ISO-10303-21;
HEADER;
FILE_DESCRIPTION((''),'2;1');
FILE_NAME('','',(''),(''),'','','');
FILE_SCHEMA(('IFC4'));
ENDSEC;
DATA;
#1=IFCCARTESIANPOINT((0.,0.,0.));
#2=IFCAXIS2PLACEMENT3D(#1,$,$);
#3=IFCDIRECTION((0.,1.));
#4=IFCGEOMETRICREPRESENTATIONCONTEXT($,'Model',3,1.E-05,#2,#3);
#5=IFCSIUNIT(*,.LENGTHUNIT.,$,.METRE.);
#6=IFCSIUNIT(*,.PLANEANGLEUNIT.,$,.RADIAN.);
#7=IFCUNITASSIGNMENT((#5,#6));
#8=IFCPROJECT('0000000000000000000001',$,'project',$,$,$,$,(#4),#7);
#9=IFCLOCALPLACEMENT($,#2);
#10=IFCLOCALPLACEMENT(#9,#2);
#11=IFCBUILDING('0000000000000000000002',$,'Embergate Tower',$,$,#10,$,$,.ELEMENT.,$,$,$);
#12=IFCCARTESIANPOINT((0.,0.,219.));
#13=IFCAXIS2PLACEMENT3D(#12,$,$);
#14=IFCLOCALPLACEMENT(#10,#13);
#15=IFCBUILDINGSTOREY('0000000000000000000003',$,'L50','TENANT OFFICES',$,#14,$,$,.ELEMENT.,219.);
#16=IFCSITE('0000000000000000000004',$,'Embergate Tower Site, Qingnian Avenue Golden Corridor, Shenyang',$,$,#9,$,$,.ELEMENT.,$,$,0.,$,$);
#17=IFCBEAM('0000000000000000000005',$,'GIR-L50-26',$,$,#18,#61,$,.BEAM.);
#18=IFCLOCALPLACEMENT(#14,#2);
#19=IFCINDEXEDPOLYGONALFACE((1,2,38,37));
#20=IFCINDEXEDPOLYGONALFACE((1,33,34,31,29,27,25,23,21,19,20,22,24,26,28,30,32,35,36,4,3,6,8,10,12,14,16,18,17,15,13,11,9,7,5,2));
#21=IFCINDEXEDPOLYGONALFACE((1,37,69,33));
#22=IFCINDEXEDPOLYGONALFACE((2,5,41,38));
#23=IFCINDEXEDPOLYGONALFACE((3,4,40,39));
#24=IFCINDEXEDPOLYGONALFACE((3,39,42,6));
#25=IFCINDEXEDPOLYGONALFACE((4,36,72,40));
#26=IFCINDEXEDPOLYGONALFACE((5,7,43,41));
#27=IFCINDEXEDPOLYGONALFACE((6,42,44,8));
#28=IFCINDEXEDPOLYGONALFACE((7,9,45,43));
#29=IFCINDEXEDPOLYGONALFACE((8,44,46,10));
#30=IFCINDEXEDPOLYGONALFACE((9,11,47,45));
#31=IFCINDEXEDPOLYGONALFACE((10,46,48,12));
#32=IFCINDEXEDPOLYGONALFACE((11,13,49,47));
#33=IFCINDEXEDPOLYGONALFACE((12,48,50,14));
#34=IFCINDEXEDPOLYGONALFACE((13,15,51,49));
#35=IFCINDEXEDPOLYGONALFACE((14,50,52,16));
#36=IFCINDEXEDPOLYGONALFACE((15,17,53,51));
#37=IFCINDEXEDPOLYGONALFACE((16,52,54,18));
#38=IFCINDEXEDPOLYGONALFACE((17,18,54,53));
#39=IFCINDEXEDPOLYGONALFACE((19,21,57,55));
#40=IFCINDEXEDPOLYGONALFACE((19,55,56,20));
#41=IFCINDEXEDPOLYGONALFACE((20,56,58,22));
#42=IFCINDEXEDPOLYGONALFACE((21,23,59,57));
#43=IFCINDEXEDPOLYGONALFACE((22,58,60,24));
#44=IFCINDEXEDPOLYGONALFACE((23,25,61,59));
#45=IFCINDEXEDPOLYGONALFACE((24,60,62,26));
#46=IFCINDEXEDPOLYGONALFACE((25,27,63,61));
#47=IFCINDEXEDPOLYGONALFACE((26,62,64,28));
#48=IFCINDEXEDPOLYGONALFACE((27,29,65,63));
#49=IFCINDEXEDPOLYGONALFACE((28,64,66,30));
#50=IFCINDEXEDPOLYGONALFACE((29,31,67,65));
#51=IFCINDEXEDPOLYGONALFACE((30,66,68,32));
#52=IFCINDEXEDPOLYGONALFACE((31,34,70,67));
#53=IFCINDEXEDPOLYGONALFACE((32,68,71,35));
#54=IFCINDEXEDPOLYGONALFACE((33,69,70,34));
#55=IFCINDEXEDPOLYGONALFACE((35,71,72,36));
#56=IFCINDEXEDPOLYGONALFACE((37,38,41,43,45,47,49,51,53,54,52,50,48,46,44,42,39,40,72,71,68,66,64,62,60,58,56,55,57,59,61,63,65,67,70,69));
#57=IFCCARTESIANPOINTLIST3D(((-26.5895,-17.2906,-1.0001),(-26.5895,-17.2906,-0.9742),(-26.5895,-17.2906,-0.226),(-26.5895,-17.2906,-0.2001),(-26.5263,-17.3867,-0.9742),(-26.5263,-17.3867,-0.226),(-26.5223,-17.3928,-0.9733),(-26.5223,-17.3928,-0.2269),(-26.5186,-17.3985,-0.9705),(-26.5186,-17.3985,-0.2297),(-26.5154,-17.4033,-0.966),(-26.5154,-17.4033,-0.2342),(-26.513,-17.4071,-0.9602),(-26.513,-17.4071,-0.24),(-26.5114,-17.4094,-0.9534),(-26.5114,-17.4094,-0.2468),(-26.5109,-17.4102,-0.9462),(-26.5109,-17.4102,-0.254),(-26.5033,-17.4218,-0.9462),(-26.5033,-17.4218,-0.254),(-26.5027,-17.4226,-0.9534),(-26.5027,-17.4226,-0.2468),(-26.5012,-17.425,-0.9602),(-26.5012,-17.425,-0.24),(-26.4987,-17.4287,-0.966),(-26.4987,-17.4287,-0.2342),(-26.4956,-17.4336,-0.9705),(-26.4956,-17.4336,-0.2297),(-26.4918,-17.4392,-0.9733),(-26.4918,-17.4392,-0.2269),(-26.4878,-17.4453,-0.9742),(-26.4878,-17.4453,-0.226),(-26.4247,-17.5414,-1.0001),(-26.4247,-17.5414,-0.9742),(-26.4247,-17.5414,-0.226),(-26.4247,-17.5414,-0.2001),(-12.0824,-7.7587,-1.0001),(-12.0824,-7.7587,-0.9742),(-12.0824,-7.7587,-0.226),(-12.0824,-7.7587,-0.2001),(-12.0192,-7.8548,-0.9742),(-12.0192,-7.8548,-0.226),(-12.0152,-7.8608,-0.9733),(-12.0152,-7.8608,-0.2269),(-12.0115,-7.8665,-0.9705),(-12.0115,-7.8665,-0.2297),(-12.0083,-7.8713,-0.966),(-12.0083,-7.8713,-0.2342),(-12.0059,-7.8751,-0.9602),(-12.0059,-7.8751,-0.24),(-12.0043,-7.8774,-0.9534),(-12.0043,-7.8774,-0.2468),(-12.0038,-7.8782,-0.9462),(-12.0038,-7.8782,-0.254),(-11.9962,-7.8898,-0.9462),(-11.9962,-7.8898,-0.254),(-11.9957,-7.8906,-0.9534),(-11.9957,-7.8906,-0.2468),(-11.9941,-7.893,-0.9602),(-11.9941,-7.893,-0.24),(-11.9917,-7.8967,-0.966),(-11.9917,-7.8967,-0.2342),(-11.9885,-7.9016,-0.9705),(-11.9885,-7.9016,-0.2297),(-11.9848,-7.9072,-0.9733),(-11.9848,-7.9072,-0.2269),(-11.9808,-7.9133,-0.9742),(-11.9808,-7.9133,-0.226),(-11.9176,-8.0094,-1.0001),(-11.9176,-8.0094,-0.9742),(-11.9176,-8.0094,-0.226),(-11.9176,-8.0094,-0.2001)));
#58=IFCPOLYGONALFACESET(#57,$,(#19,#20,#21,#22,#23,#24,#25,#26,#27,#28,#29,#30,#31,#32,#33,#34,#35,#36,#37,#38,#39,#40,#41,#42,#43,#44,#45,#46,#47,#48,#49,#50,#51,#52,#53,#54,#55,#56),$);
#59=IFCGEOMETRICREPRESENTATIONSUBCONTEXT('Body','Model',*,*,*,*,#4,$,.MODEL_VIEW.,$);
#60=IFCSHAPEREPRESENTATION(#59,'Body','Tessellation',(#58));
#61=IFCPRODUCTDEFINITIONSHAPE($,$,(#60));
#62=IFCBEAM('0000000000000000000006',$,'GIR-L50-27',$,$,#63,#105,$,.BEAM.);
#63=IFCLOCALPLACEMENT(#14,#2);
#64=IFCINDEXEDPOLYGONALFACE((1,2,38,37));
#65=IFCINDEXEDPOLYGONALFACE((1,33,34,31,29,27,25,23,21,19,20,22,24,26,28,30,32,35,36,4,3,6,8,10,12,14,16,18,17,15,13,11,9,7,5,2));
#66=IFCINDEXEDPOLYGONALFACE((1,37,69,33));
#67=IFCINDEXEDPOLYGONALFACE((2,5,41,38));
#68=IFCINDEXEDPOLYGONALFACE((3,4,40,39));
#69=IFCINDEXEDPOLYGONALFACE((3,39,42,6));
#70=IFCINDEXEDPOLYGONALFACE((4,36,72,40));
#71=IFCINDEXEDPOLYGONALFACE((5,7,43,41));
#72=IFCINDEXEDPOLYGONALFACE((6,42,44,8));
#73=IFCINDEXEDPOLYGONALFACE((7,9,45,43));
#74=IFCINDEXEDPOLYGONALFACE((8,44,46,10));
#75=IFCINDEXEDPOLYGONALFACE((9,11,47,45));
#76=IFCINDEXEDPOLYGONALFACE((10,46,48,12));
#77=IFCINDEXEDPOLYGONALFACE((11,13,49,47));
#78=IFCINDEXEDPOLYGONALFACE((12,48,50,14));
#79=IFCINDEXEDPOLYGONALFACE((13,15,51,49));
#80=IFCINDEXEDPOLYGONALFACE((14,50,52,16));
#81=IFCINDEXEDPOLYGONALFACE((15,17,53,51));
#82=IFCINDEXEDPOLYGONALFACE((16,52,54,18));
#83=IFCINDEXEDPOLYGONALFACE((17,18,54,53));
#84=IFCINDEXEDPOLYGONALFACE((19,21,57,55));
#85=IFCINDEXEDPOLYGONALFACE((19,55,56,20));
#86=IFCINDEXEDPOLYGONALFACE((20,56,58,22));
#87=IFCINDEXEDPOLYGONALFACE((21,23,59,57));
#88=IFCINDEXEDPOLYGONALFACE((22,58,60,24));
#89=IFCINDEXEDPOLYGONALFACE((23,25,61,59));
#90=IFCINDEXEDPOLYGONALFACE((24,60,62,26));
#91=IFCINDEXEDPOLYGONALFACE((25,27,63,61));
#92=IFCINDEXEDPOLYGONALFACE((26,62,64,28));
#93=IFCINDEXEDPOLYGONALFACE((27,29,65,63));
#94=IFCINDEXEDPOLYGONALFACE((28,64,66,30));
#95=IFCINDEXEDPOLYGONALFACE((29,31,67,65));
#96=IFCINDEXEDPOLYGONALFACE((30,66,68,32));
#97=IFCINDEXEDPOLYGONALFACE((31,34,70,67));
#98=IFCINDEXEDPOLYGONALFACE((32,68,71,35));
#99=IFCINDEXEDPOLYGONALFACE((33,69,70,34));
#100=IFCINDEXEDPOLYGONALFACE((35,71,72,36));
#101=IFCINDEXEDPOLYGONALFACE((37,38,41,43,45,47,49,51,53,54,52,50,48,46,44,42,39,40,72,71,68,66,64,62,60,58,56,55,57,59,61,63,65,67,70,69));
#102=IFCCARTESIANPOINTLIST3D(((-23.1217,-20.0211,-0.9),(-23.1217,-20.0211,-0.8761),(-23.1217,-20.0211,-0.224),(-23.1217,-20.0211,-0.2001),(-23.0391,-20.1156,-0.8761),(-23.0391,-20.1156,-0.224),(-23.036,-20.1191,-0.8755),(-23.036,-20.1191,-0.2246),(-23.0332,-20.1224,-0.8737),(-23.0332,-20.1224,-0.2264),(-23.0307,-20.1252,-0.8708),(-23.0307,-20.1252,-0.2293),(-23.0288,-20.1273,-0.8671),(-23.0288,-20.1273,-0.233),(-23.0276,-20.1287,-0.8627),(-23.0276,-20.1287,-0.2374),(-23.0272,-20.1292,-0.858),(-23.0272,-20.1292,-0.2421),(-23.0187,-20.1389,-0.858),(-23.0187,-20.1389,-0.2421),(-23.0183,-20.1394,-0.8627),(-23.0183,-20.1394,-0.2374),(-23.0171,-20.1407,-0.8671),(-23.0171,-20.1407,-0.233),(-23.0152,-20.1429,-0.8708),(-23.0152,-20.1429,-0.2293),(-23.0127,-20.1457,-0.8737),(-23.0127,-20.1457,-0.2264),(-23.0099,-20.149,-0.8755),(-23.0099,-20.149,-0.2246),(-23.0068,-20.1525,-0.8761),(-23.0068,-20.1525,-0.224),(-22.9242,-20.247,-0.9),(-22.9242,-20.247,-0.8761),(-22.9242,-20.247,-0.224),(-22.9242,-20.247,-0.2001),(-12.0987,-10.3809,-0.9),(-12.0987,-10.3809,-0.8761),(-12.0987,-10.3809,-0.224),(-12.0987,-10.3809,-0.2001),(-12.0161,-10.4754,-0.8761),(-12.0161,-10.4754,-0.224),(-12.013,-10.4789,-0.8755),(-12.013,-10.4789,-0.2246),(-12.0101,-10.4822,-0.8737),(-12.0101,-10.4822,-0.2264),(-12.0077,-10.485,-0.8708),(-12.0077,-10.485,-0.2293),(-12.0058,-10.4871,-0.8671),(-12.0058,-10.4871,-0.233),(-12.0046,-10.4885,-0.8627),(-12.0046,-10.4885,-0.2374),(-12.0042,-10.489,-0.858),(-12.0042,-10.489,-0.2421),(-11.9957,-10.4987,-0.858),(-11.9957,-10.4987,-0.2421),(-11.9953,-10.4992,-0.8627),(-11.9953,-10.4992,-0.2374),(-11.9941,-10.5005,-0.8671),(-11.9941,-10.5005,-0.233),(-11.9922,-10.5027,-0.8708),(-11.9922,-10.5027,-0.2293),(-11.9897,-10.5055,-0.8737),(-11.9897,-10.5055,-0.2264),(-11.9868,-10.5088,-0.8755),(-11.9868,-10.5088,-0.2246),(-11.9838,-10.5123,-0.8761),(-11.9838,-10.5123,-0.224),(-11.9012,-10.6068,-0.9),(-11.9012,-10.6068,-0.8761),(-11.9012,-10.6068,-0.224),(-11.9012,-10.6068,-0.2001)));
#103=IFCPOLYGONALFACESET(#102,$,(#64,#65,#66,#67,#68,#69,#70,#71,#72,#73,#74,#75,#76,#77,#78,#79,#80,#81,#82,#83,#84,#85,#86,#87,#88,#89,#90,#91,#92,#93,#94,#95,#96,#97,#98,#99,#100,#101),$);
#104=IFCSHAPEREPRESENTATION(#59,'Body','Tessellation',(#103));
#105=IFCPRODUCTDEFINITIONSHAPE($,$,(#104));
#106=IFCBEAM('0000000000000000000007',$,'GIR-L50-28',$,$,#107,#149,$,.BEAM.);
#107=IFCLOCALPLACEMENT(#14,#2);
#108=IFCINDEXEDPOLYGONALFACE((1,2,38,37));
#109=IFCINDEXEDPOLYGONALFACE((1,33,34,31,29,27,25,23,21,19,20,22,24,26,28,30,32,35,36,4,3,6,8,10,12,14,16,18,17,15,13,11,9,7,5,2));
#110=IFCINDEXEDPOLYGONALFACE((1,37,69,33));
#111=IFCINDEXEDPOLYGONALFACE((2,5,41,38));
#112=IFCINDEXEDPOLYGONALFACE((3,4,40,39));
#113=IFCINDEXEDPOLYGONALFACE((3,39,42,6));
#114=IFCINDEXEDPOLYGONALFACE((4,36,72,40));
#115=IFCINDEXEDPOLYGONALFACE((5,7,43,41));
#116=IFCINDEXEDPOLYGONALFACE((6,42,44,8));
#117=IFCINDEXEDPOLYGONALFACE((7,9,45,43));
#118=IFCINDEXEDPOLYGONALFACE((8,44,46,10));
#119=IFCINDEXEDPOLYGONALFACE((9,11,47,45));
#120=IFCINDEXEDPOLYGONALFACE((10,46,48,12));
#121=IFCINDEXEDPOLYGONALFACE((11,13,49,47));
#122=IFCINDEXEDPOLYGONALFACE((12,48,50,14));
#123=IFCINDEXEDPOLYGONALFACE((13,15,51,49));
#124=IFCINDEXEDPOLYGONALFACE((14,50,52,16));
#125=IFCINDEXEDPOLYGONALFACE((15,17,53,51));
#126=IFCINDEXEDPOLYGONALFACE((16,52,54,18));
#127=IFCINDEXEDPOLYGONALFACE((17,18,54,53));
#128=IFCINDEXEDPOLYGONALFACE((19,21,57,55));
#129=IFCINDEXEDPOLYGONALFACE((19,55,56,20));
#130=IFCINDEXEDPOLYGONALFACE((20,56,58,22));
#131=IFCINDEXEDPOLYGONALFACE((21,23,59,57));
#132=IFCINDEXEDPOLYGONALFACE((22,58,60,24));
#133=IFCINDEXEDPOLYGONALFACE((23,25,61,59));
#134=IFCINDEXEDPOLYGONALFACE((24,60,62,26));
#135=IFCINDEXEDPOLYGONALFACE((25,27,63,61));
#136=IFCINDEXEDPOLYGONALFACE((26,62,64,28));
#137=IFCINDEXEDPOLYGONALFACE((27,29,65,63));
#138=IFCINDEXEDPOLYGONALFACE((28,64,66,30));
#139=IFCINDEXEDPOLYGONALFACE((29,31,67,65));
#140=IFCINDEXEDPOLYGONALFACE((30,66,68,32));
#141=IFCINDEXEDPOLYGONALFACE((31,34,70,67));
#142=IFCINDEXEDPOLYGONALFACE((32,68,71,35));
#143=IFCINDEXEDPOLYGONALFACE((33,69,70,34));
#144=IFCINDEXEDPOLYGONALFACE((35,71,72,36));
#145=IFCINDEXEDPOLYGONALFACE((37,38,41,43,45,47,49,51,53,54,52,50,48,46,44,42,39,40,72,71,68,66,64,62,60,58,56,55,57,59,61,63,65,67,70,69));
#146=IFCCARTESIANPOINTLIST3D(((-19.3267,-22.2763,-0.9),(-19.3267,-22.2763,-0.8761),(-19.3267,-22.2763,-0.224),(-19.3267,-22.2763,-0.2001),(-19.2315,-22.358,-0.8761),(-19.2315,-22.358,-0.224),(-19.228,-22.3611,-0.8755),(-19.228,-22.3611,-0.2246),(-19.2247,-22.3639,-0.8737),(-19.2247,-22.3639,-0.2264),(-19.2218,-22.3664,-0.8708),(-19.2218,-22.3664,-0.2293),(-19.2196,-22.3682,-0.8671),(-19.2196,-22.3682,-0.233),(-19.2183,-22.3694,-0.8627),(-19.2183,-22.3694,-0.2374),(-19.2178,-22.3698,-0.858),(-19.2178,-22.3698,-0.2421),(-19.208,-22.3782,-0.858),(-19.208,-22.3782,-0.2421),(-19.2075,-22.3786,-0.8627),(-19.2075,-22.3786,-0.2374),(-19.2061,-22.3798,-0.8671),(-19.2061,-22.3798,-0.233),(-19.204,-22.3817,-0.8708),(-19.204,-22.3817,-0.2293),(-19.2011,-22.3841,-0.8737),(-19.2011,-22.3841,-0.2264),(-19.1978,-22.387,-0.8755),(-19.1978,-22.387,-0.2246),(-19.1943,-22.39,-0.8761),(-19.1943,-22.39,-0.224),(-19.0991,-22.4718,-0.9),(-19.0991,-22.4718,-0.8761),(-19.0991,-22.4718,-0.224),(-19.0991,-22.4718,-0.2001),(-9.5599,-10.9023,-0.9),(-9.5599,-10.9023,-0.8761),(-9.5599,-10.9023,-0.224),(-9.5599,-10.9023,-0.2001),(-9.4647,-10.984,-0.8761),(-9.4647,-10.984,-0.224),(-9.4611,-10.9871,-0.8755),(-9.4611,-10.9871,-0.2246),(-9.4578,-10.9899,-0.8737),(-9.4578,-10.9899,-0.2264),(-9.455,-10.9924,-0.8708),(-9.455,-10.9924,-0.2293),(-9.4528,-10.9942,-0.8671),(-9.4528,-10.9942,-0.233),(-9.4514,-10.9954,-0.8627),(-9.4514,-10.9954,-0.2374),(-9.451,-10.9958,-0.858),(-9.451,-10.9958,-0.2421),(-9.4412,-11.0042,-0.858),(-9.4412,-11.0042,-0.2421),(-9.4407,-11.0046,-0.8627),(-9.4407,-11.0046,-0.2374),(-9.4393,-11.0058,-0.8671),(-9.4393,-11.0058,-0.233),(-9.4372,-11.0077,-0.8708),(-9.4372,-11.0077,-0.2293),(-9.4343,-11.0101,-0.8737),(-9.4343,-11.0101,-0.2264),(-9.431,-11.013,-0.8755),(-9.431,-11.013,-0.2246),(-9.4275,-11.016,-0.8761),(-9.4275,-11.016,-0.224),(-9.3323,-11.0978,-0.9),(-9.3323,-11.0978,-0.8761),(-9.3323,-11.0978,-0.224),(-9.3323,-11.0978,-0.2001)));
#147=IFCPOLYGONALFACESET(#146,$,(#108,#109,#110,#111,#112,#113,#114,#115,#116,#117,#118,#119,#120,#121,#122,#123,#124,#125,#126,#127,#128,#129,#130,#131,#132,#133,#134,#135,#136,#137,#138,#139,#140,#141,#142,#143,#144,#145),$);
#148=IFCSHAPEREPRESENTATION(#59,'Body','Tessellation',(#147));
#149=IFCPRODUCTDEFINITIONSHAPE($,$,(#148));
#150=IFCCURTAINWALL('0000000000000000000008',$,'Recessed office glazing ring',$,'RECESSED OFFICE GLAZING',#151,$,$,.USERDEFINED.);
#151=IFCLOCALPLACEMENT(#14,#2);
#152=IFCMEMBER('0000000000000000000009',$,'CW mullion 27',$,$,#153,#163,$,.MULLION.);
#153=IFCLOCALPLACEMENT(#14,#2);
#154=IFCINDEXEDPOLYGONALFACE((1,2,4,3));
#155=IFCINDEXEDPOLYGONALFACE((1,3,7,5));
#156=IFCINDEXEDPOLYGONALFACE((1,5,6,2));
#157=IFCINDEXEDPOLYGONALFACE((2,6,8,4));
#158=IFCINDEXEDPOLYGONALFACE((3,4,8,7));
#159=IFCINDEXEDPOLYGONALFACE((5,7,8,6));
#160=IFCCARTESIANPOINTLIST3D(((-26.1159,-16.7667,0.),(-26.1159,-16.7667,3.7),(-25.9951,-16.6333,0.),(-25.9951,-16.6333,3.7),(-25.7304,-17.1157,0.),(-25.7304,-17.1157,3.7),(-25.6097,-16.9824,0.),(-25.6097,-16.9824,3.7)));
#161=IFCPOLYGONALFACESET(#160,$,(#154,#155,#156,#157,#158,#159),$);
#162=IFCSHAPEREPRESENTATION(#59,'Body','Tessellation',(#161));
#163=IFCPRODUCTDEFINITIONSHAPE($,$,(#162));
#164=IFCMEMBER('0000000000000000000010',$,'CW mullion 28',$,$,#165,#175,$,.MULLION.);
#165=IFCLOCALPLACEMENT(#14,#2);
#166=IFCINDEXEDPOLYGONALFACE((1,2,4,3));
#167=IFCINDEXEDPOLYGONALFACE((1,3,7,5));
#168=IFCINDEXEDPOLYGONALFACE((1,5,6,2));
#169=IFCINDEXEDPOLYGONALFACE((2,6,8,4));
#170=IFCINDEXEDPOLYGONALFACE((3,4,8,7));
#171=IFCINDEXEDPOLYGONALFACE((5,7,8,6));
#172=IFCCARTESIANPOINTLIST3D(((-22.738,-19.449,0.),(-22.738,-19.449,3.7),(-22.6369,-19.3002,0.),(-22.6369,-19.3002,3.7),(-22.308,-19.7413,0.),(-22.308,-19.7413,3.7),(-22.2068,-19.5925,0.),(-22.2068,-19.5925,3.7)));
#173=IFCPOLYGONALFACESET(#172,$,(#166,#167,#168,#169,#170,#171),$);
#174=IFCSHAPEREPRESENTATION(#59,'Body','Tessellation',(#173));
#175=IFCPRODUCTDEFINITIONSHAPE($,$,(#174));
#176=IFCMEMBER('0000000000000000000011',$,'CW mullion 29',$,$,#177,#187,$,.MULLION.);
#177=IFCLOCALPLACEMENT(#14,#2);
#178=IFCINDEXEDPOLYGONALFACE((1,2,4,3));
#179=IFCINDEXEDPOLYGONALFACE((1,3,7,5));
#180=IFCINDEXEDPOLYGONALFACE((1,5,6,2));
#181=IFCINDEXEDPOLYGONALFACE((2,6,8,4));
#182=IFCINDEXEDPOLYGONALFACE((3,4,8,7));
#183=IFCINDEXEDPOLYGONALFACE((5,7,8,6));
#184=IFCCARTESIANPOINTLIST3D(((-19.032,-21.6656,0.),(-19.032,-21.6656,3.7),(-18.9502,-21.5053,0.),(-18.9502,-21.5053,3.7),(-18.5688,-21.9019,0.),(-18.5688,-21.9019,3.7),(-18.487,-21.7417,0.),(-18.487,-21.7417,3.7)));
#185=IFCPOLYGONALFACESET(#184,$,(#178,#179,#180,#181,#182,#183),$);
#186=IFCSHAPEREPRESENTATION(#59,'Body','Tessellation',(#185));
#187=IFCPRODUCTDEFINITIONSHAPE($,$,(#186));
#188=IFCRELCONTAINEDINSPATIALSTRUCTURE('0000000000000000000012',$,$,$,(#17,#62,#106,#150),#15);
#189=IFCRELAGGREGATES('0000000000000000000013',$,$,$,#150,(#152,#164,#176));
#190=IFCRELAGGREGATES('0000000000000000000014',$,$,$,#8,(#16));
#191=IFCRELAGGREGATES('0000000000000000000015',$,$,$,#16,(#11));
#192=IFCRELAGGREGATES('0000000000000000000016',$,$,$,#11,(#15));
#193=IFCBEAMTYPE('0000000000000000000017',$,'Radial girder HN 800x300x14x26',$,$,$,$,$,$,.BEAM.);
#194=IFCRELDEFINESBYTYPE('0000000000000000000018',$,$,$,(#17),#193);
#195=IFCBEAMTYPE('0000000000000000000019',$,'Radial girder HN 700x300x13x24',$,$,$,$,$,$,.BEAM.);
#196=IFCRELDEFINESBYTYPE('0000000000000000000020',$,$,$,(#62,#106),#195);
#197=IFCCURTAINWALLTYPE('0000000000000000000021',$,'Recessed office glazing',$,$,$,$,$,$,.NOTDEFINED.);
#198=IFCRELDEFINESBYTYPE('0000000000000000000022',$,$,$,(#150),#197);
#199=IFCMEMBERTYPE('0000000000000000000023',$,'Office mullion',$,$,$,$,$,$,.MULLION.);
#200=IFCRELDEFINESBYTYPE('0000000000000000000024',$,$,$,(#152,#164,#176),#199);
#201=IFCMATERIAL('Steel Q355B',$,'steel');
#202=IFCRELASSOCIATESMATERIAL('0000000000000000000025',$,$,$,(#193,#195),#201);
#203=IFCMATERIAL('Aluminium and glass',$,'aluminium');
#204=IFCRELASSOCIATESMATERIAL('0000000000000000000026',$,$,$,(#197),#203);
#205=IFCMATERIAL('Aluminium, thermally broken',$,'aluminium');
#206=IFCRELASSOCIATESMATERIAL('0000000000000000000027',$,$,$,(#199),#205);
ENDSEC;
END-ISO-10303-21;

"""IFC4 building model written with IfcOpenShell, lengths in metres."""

from ifc_helpers import new_model, si_unit, direction, frame, origin, origin_2d, place, context, subcontext, project, spatial, rectangle, i_section, extrude, source, transform, mapped, material, material_profile, profile_set, type_object, element, aggregate, save


model = new_model("IFC4")

# Units and contexts
model_context = context("Model", 3, precision=1e-05, world=origin(), true_north=direction((0.0, 1.0)))
body_context = subcontext(model_context, "Body", "Model", "MODEL_VIEW")
ifc_project = project(units=[si_unit("LENGTHUNIT", "METRE"), si_unit("PLANEANGLEUNIT", "RADIAN")], contexts=[model_context])

# Site, building, storey
site_placement = place(None, origin())
site = spatial("IfcSite", under=ifc_project, at=site_placement, Name="Embergate Tower Site, Qingnian Avenue Golden Corridor, Shenyang", CompositionType="ELEMENT", RefElevation=0.0)
building_placement = place(site_placement, origin())
building = spatial("IfcBuilding", under=site, at=building_placement, Name="Embergate Tower", CompositionType="ELEMENT")
storey_placement = place(building_placement, frame((0.0, 0.0, 219.0)))
storey = spatial("IfcBuildingStorey", under=building, at=storey_placement, Name="L50", Description="TENANT OFFICES", CompositionType="ELEMENT", Elevation=219.0)

# Beams
ifc_material_1 = material(Name="Steel Q355B", Category="steel")
ifc_material_profile_1 = material_profile(ifc_material_1, i_section(OverallWidth=0.3, OverallDepth=0.8, WebThickness=0.0139, FlangeThickness=0.0259, FilletRadius=0.0281, at=origin_2d()), Name="HN 800x300x14x26")
ifc_profile_set_1 = profile_set([ifc_material_profile_1], Name="Steel Q355 grade B")
beam_type_1 = type_object("IfcBeamType", Name="Radial girder HN 800x300x14x26", PredefinedType="BEAM", material=ifc_profile_set_1)
shared_shape_1 = source(origin(), body_context, "Body", "SweptSolid", [
    extrude(i_section(OverallWidth=0.3, OverallDepth=0.8, WebThickness=0.0139, FlangeThickness=0.0259, FilletRadius=0.0281, at=origin_2d()), origin(), (0.0, 0.0, 1.0), 17.3584),
])
beam_1_placement = place(storey_placement, frame((-26.5071, -17.416, -0.6001), z_axis=(0.835738, 0.549128, 0.0), x_axis=(-0.549128, 0.835738, 0.0)))
element("IfcBeam", 1, at=beam_1_placement, inside=storey, type_object=beam_type_1, Name="GIR-L50-26", PredefinedType="BEAM", context=body_context, shape_type="MappedRepresentation", body=[
    mapped(shared_shape_1, transform((0.0, 0.0, 0.0))),
])
ifc_material_profile_2 = material_profile(ifc_material_1, i_section(OverallWidth=0.3, OverallDepth=0.7, WebThickness=0.0129, FlangeThickness=0.0239, FilletRadius=0.0181, at=origin_2d()), Name="HN 700x300x13x24")
ifc_profile_set_2 = profile_set([ifc_material_profile_2], Name="Steel Q355 grade B")
beam_type_2 = type_object("IfcBeamType", Name="Radial girder HN 700x300x13x24", PredefinedType="BEAM", material=ifc_profile_set_2)
shared_shape_2 = source(origin(), body_context, "Body", "SweptSolid", [
    extrude(i_section(OverallWidth=0.3, OverallDepth=0.7, WebThickness=0.0129, FlangeThickness=0.0239, FilletRadius=0.0181, at=origin_2d()), origin(), (0.0, 0.0, 1.0), 14.6438),
])
beam_2_placement = place(storey_placement, frame((-23.0229, -20.134, -0.55), z_axis=(0.752744, 0.658313, 0.0), x_axis=(-0.658313, 0.752744, 0.0)))
element("IfcBeam", 2, at=beam_2_placement, inside=storey, type_object=beam_type_2, Name="GIR-L50-27", PredefinedType="BEAM", context=body_context, shape_type="MappedRepresentation", body=[
    mapped(shared_shape_2, transform((0.0, 0.0, 0.0))),
])
shared_shape_3 = source(origin(), body_context, "Body", "SweptSolid", [
    extrude(i_section(OverallWidth=0.3, OverallDepth=0.7, WebThickness=0.0129, FlangeThickness=0.0239, FilletRadius=0.0181, at=origin_2d()), origin(), (0.0, 0.0, 1.0), 14.9919),
])
beam_3_placement = place(storey_placement, frame((-19.2129, -22.374, -0.55), z_axis=(0.651471, 0.758673, 0.0), x_axis=(-0.758673, 0.651471, 0.0)))
element("IfcBeam", 3, at=beam_3_placement, inside=storey, type_object=beam_type_2, Name="GIR-L50-28", PredefinedType="BEAM", context=body_context, shape_type="MappedRepresentation", body=[
    mapped(shared_shape_3, transform((0.0, 0.0, 0.0))),
])

# Curtain wall, members
ifc_material_2 = material(Name="Aluminium and glass", Category="aluminium")
curtain_wall_type = type_object("IfcCurtainWallType", Name="Recessed office glazing", PredefinedType="NOTDEFINED", material=ifc_material_2)
curtain_wall_placement = place(storey_placement, origin())
curtain_wall = element("IfcCurtainWall", 4, at=curtain_wall_placement, inside=storey, type_object=curtain_wall_type, Name="Recessed office glazing ring", ObjectType="RECESSED OFFICE GLAZING", PredefinedType="USERDEFINED")
ifc_material_3 = material(Name="Aluminium, thermally broken", Category="aluminium")
ifc_material_profile_3 = material_profile(ifc_material_3, rectangle(XDim=0.1799, YDim=0.52, at=origin_2d()), Name="AL 520x180")
ifc_profile_set_3 = profile_set([ifc_material_profile_3], Name="Aluminium, thermally broken")
member_type_1 = type_object("IfcMemberType", Name="Office mullion", PredefinedType="MULLION", material=ifc_profile_set_3)
shared_shape_4 = source(origin(), body_context, "Body", "SweptSolid", [
    extrude(rectangle(XDim=0.1799, YDim=0.52, at=origin_2d()), origin(), (0.0, 0.0, 1.0), 3.7),
])
member_1_placement = place(storey_placement, frame((-25.8628, -16.8745, 0.0), z_axis=(0.0, 0.0, 1.0), x_axis=(0.671228, 0.741251, 0.0)))
member_1 = element("IfcMember", 5, at=member_1_placement, type_object=member_type_1, Name="CW mullion 27", PredefinedType="MULLION", context=body_context, shape_type="MappedRepresentation", body=[
    mapped(shared_shape_4, transform((0.0, 0.0, 0.0))),
])
member_2_placement = place(storey_placement, frame((-22.4724, -19.5208, 0.0), z_axis=(0.0, 0.0, 1.0), x_axis=(0.562219, 0.826988, 0.0)))
member_2 = element("IfcMember", 6, at=member_2_placement, type_object=member_type_1, Name="CW mullion 28", PredefinedType="MULLION", context=body_context, shape_type="MappedRepresentation", body=[
    mapped(shared_shape_4, transform((0.0, 0.0, 0.0))),
])
member_3_placement = place(storey_placement, frame((-18.7595, -21.7036, 0.0), z_axis=(0.0, 0.0, 1.0), x_axis=(0.454513, 0.89074, 0.0)))
member_3 = element("IfcMember", 7, at=member_3_placement, type_object=member_type_1, Name="CW mullion 29", PredefinedType="MULLION", context=body_context, shape_type="MappedRepresentation", body=[
    mapped(shared_shape_4, transform((0.0, 0.0, 0.0))),
])
aggregate(curtain_wall, [member_1, member_2, member_3])

save(model, "model.ifc")
